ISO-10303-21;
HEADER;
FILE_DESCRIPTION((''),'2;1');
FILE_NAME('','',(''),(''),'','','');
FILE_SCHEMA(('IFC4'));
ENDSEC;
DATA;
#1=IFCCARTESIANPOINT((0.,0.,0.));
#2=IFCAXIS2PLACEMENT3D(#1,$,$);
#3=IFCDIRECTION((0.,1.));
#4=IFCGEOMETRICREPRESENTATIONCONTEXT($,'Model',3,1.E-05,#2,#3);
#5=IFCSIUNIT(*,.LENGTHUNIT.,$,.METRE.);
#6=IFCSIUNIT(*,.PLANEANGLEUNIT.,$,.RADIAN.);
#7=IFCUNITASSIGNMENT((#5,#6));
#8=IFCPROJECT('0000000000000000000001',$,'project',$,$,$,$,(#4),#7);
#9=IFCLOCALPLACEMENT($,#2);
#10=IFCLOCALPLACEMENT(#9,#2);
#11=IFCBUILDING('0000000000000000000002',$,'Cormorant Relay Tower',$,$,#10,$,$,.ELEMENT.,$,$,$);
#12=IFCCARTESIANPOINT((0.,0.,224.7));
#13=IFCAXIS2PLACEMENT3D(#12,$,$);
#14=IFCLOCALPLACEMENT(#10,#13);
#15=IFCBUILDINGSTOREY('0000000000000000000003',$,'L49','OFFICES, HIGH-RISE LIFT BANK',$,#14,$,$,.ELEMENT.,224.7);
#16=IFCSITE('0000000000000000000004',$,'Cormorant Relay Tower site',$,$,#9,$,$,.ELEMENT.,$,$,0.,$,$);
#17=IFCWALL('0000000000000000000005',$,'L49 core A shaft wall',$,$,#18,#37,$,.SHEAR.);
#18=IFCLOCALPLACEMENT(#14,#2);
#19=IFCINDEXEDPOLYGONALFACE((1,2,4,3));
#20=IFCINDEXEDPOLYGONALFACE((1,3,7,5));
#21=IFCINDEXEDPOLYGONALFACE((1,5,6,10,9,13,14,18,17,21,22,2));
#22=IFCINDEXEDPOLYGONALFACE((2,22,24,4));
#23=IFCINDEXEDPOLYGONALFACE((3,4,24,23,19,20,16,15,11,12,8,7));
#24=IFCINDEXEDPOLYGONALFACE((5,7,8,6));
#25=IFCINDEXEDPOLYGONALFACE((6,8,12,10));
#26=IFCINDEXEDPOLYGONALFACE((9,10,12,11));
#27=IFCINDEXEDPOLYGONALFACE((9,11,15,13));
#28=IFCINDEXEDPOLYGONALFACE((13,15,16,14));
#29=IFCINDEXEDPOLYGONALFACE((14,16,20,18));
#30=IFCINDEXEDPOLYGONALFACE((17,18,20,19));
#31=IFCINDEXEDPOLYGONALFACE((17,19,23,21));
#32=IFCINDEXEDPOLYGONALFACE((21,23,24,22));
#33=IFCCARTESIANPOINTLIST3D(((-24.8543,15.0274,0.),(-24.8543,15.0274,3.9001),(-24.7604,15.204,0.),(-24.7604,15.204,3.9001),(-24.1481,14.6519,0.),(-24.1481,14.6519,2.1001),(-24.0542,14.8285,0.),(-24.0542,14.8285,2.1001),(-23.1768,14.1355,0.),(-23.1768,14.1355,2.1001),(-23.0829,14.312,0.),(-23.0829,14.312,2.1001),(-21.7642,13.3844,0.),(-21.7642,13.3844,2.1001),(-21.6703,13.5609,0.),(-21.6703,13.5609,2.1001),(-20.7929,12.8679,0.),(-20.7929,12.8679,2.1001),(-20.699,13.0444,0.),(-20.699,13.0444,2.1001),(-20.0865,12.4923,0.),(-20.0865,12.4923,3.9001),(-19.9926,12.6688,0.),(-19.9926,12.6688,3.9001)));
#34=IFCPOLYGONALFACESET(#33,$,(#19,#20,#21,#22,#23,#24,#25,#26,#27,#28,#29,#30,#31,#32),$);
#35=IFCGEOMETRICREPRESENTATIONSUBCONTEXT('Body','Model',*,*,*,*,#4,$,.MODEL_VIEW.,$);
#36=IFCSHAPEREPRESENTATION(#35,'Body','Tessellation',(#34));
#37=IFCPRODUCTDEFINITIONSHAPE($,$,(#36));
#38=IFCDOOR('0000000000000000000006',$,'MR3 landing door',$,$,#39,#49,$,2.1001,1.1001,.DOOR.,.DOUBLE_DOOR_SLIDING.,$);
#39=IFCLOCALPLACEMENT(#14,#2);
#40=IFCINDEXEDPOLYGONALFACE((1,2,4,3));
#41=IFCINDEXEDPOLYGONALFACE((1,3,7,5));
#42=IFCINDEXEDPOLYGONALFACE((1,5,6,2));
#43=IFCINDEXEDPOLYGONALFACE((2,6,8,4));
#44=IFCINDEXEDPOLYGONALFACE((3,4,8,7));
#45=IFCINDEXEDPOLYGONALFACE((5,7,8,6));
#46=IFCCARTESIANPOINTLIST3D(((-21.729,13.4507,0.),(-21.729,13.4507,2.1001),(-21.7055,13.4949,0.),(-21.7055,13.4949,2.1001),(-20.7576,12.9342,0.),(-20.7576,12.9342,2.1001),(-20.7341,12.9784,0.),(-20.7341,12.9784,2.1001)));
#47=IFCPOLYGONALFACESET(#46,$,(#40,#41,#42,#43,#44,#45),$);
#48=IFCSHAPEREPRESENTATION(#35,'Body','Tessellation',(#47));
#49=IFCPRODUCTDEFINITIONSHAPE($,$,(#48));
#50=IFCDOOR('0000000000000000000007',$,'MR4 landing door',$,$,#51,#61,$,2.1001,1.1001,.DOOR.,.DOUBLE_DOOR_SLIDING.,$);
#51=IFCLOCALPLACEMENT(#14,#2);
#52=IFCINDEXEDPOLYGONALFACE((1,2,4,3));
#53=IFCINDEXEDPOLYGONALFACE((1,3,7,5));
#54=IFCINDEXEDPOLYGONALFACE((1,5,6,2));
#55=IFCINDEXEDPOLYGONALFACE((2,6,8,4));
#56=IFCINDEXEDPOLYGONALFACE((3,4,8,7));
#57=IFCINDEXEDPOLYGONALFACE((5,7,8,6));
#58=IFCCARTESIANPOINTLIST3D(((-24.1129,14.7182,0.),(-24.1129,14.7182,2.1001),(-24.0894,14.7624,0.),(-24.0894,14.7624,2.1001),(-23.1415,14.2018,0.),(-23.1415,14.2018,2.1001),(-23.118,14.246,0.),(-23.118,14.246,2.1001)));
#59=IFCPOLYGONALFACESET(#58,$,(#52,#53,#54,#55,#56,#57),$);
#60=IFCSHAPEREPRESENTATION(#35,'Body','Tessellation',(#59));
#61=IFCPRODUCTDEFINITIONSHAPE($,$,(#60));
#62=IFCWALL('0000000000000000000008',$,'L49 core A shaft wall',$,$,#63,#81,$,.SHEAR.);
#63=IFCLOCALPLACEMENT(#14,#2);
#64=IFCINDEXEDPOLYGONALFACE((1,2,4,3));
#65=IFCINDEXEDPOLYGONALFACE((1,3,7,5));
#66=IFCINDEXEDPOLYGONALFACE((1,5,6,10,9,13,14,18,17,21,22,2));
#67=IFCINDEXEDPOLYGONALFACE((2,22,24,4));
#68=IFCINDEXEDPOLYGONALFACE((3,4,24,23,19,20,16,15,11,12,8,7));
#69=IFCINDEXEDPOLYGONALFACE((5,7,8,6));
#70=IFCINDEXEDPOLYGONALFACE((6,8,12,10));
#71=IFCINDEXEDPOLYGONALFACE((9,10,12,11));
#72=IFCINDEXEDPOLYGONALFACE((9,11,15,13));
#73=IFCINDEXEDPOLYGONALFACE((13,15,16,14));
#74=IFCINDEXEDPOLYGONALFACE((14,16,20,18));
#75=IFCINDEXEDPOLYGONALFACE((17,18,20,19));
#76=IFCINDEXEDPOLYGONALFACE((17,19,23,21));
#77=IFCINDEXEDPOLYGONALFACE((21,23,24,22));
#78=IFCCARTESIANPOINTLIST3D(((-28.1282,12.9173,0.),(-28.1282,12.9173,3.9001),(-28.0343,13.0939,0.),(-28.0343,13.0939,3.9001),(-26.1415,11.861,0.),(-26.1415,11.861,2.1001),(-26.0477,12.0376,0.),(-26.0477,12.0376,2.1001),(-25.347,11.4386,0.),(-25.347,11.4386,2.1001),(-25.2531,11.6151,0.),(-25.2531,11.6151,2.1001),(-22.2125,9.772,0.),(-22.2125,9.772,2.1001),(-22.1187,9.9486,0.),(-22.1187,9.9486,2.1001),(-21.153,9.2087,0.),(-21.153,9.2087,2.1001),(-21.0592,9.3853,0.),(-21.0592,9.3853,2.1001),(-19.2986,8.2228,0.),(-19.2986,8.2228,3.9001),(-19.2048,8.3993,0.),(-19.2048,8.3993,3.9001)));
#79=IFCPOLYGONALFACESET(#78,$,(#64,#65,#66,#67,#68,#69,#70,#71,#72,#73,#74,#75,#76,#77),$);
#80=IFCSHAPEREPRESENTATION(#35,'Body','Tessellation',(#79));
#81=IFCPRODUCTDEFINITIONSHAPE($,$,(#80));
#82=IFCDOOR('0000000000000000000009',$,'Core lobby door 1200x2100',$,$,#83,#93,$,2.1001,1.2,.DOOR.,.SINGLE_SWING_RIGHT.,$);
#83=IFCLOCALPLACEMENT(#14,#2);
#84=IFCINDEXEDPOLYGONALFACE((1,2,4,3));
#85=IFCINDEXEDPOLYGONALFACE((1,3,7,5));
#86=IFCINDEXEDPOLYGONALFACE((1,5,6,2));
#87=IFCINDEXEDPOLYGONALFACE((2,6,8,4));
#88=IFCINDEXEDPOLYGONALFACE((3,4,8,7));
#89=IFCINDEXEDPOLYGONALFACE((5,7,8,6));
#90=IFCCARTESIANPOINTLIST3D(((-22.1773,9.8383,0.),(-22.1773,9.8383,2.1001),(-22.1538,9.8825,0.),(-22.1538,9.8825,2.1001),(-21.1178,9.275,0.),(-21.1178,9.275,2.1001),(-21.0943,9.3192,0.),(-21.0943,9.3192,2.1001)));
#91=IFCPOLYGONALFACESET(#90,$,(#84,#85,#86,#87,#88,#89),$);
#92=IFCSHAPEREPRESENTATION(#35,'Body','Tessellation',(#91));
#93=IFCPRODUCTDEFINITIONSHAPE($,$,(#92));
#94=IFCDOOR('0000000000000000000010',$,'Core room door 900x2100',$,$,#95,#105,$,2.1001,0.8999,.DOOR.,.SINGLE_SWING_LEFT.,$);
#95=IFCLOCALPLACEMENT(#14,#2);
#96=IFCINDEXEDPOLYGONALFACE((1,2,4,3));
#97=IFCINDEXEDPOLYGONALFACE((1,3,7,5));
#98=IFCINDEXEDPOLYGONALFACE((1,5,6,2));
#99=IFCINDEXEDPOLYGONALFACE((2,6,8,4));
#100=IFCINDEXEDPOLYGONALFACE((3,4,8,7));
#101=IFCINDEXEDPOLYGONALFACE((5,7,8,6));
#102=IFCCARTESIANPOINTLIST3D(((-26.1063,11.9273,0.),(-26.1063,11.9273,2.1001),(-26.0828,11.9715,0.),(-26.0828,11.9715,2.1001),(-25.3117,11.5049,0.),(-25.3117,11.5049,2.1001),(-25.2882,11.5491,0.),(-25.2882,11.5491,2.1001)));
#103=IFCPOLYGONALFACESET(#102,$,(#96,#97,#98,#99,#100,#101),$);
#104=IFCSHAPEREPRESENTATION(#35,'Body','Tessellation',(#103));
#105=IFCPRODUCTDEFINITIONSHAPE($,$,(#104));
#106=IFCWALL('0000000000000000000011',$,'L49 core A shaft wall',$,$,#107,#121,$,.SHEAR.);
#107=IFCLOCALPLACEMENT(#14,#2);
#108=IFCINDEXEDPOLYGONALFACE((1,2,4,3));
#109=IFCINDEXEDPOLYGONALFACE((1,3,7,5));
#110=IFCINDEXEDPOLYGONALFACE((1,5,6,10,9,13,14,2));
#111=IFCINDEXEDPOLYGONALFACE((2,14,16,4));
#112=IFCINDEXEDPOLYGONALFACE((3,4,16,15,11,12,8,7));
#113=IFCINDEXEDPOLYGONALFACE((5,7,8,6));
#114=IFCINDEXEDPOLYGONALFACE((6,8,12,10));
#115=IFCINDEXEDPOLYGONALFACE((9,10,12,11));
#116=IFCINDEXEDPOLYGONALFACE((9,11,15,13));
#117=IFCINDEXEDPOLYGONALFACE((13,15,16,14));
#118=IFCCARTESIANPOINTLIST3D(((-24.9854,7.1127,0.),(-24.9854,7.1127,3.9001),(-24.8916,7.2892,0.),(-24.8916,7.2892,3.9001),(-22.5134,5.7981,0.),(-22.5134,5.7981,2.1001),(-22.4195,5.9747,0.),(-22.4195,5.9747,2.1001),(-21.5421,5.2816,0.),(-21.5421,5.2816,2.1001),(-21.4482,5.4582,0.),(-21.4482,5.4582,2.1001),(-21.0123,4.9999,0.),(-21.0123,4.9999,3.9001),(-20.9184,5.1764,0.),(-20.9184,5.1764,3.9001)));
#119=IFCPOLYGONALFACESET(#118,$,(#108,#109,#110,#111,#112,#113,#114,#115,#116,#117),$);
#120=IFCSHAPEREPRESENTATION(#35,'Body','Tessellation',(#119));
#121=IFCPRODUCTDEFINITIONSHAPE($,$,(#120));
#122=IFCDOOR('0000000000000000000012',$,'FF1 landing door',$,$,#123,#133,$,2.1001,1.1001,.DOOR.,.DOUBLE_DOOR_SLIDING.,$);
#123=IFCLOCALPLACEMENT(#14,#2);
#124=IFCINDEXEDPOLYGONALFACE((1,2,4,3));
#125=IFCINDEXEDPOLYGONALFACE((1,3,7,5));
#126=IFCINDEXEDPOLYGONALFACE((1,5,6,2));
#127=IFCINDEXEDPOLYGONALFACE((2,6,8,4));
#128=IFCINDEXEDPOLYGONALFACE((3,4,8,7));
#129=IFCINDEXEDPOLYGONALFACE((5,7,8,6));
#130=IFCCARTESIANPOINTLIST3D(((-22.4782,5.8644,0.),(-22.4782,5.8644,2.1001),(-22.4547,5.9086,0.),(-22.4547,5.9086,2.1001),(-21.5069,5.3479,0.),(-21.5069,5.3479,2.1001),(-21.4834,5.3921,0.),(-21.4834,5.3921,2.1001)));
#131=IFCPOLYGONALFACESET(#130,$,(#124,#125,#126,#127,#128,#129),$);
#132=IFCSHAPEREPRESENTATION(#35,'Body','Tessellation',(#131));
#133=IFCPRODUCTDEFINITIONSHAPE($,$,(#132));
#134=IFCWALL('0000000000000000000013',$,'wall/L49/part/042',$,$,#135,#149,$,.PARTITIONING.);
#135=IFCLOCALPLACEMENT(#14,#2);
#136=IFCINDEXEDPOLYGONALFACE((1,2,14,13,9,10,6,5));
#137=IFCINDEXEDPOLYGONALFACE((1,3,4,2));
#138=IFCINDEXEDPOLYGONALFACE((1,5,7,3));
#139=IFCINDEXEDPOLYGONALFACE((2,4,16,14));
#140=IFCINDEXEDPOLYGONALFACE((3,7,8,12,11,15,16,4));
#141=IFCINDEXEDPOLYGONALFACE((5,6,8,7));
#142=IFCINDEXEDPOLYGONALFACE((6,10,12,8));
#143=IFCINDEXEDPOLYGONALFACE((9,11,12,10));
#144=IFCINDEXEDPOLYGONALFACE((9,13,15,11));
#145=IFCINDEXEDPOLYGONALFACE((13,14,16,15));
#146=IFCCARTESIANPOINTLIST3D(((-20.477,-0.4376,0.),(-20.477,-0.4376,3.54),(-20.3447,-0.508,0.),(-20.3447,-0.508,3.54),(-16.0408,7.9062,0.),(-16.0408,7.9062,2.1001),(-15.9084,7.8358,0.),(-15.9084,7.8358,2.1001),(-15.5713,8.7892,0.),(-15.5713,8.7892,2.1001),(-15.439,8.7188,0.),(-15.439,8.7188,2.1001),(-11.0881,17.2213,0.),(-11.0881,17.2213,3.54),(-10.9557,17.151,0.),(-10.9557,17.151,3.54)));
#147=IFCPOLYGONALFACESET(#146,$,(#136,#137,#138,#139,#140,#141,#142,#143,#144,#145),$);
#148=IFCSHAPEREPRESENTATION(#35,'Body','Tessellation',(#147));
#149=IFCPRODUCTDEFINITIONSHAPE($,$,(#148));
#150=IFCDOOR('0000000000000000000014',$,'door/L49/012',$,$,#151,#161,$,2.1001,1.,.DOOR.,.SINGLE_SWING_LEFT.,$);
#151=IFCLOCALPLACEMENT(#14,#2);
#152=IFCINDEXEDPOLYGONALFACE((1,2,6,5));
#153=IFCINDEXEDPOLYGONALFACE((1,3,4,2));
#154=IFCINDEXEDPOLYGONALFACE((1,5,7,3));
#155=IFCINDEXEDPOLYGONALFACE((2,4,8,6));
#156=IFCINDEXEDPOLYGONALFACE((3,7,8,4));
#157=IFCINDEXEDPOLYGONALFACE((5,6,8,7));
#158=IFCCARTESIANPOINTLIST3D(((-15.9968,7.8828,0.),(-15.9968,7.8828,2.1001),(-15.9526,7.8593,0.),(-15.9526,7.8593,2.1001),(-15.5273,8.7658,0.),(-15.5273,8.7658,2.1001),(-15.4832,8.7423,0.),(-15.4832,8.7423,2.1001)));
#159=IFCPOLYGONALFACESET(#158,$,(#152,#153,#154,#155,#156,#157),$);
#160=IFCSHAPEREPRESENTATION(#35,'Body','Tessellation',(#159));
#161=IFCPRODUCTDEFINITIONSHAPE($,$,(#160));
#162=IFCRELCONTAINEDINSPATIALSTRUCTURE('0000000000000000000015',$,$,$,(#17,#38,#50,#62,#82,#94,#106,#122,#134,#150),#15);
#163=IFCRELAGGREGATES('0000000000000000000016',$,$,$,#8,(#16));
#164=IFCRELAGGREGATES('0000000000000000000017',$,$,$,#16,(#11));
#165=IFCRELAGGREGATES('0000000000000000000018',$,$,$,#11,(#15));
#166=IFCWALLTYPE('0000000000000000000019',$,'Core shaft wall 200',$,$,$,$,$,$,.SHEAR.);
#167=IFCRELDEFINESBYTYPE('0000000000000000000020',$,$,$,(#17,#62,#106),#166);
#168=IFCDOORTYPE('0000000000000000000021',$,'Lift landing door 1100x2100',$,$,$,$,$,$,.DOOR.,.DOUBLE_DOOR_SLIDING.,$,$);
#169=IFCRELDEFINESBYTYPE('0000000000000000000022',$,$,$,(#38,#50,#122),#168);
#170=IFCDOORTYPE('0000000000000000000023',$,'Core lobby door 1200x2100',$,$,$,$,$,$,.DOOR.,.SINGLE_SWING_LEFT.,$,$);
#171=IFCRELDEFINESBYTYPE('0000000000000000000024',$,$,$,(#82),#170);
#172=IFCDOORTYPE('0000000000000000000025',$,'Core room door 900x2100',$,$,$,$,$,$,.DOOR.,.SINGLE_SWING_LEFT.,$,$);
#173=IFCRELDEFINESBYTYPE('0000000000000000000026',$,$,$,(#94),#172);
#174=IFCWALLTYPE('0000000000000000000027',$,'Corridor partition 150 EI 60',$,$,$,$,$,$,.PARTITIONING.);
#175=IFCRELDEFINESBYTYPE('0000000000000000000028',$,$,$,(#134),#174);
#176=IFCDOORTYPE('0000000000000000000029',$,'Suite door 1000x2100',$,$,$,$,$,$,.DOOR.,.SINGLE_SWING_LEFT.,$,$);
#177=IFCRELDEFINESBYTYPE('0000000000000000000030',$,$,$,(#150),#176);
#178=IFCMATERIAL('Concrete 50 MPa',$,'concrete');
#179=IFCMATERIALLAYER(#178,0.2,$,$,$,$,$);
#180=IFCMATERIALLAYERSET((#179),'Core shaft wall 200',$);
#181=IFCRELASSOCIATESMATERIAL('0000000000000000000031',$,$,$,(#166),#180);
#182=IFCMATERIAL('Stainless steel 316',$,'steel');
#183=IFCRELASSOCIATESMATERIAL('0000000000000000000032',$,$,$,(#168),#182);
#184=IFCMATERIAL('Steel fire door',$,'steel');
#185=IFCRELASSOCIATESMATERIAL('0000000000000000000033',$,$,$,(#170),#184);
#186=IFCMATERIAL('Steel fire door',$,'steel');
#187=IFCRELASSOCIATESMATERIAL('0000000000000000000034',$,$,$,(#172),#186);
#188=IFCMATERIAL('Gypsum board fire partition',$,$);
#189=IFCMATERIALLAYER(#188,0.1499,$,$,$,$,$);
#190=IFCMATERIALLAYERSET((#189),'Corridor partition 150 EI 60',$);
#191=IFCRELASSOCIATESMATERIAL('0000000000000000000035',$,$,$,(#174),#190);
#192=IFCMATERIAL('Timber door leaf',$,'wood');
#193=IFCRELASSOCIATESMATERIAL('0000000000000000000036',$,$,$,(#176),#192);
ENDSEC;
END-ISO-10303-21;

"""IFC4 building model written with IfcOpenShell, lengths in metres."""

from ifc_helpers import new_model, si_unit, direction, frame, frame_2d, origin, place, context, subcontext, project, spatial, rectangle, extrude, material, layer, layer_set, type_object, element, fill, save


model = new_model("IFC4")

# Units and contexts
model_context = context("Model", 3, precision=1e-05, world=origin(), true_north=direction((0.0, 1.0)))
body_context = subcontext(model_context, "Body", "Model", "MODEL_VIEW")
ifc_project = project(units=[si_unit("LENGTHUNIT", "METRE"), si_unit("PLANEANGLEUNIT", "RADIAN")], contexts=[model_context])

# Site, building, storey
site_placement = place(None, origin())
site = spatial("IfcSite", under=ifc_project, at=site_placement, Name="Cormorant Relay Tower site", CompositionType="ELEMENT", RefElevation=0.0)
building_placement = place(site_placement, origin())
building = spatial("IfcBuilding", under=site, at=building_placement, Name="Cormorant Relay Tower", CompositionType="ELEMENT")
storey_placement = place(building_placement, frame((0.0, 0.0, 224.7)))
storey = spatial("IfcBuildingStorey", under=building, at=storey_placement, Name="L49", Description="OFFICES, HIGH-RISE LIFT BANK", CompositionType="ELEMENT", Elevation=224.7)

# Shared definitions
ifc_material_1 = material(Name="Concrete 50 MPa", Category="concrete")
ifc_layer_1 = layer(ifc_material_1, 0.2)
ifc_layer_set_1 = layer_set([ifc_layer_1], Name="Core shaft wall 200")
wall_type_1 = type_object("IfcWallType", Name="Core shaft wall 200", PredefinedType="SHEAR", material=ifc_layer_set_1)

# Walls, openings, doors
wall_1_placement = place(storey_placement, frame((-20.0396, 12.5806, 0.0), z_axis=(0.0, 0.0, 1.0), x_axis=(-0.882943, 0.46948, 0.0)))
wall_1 = element("IfcWall", 1, at=wall_1_placement, inside=storey, type_object=wall_type_1, Name="L49 core A shaft wall", PredefinedType="SHEAR", context=body_context, shape_type="SweptSolid", body=[
    extrude(rectangle(XDim=5.3999, YDim=0.2, at=frame_2d((2.7, 0.0))), origin(), (0.0, 0.0, 1.0), 3.9001),
])
opening_1_placement = place(wall_1_placement, frame((0.8, 0.0, 0.0)))
opening_1 = element("IfcOpeningElement", 2, at=opening_1_placement, cuts=wall_1, PredefinedType="OPENING", context=body_context, shape_type="SweptSolid", body=[
    extrude(rectangle(XDim=1.1001, YDim=2.1001, at=frame_2d((0.55, 1.05))), frame((0.0, 0.1099, 0.0), z_axis=(0.0, -1.0, 0.0), x_axis=(1.0, 0.0, 0.0)), (0.0, 0.0, 1.0), 0.22),
])
opening_2_placement = place(wall_1_placement, frame((3.5, 0.0, 0.0)))
opening_2 = element("IfcOpeningElement", 3, at=opening_2_placement, cuts=wall_1, PredefinedType="OPENING", context=body_context, shape_type="SweptSolid", body=[
    extrude(rectangle(XDim=1.1001, YDim=2.1001, at=frame_2d((0.55, 1.05))), frame((0.0, 0.1099, 0.0), z_axis=(0.0, -1.0, 0.0), x_axis=(1.0, 0.0, 0.0)), (0.0, 0.0, 1.0), 0.22),
])
ifc_material_2 = material(Name="Stainless steel 316", Category="steel")
door_type_1 = type_object("IfcDoorType", Name="Lift landing door 1100x2100", OperationType="DOUBLE_DOOR_SLIDING", PredefinedType="DOOR", material=ifc_material_2)
door_1_placement = place(opening_1_placement, origin())
door_1 = element("IfcDoor", 4, at=door_1_placement, inside=storey, type_object=door_type_1, Name="MR3 landing door", OperationType="DOUBLE_DOOR_SLIDING", OverallHeight=2.1001, OverallWidth=1.1001, PredefinedType="DOOR", context=body_context, shape_type="SweptSolid", body=[
    extrude(rectangle(XDim=1.1001, YDim=2.1001, at=frame_2d((0.55, 1.05))), frame((0.0, 0.0249, 0.0), z_axis=(0.0, -1.0, 0.0), x_axis=(1.0, 0.0, 0.0)), (0.0, 0.0, 1.0), 0.05),
])
fill(opening_1, door_1)
door_2_placement = place(opening_2_placement, origin())
door_2 = element("IfcDoor", 5, at=door_2_placement, inside=storey, type_object=door_type_1, Name="MR4 landing door", OperationType="DOUBLE_DOOR_SLIDING", OverallHeight=2.1001, OverallWidth=1.1001, PredefinedType="DOOR", context=body_context, shape_type="SweptSolid", body=[
    extrude(rectangle(XDim=1.1001, YDim=2.1001, at=frame_2d((0.55, 1.05))), frame((0.0, 0.0249, 0.0), z_axis=(0.0, -1.0, 0.0), x_axis=(1.0, 0.0, 0.0)), (0.0, 0.0, 1.0), 0.05),
])
fill(opening_2, door_2)
wall_2_placement = place(storey_placement, frame((-19.2517, 8.311, 0.0), z_axis=(0.0, 0.0, 1.0), x_axis=(-0.882956, 0.469456, 0.0)))
wall_2 = element("IfcWall", 6, at=wall_2_placement, inside=storey, type_object=wall_type_1, Name="L49 core A shaft wall", PredefinedType="SHEAR", context=body_context, shape_type="SweptSolid", body=[
    extrude(rectangle(XDim=10.0, YDim=0.2, at=frame_2d((5.0, 0.0))), origin(), (0.0, 0.0, 1.0), 3.9001),
])
opening_3_placement = place(wall_2_placement, frame((2.1001, 0.0, 0.0)))
opening_3 = element("IfcOpeningElement", 7, at=opening_3_placement, cuts=wall_2, PredefinedType="OPENING", context=body_context, shape_type="SweptSolid", body=[
    extrude(rectangle(XDim=1.2, YDim=2.1001, at=frame_2d((0.6001, 1.05))), frame((0.0, 0.1099, 0.0), z_axis=(0.0, -1.0, 0.0), x_axis=(1.0, 0.0, 0.0)), (0.0, 0.0, 1.0), 0.22),
])
opening_4_placement = place(wall_2_placement, frame((6.8501, 0.0, 0.0)))
opening_4 = element("IfcOpeningElement", 8, at=opening_4_placement, cuts=wall_2, PredefinedType="OPENING", context=body_context, shape_type="SweptSolid", body=[
    extrude(rectangle(XDim=0.8999, YDim=2.1001, at=frame_2d((0.45, 1.05))), frame((0.0, 0.1099, 0.0), z_axis=(0.0, -1.0, 0.0), x_axis=(1.0, 0.0, 0.0)), (0.0, 0.0, 1.0), 0.22),
])
ifc_material_3 = material(Name="Steel fire door", Category="steel")
door_type_2 = type_object("IfcDoorType", Name="Core lobby door 1200x2100", OperationType="SINGLE_SWING_LEFT", PredefinedType="DOOR", material=ifc_material_3)
door_3_placement = place(opening_3_placement, origin())
door_3 = element("IfcDoor", 9, at=door_3_placement, inside=storey, type_object=door_type_2, Name="Core lobby door 1200x2100", OperationType="SINGLE_SWING_RIGHT", OverallHeight=2.1001, OverallWidth=1.2, PredefinedType="DOOR", context=body_context, shape_type="SweptSolid", body=[
    extrude(rectangle(XDim=1.2, YDim=2.1001, at=frame_2d((0.6001, 1.05))), frame((0.0, 0.0249, 0.0), z_axis=(0.0, -1.0, 0.0), x_axis=(1.0, 0.0, 0.0)), (0.0, 0.0, 1.0), 0.05),
])
fill(opening_3, door_3)
ifc_material_4 = material(Name="Steel fire door", Category="steel")
door_type_3 = type_object("IfcDoorType", Name="Core room door 900x2100", OperationType="SINGLE_SWING_LEFT", PredefinedType="DOOR", material=ifc_material_4)
door_4_placement = place(opening_4_placement, origin())
door_4 = element("IfcDoor", 10, at=door_4_placement, inside=storey, type_object=door_type_3, Name="Core room door 900x2100", OperationType="SINGLE_SWING_LEFT", OverallHeight=2.1001, OverallWidth=0.8999, PredefinedType="DOOR", context=body_context, shape_type="SweptSolid", body=[
    extrude(rectangle(XDim=0.8999, YDim=2.1001, at=frame_2d((0.45, 1.05))), frame((0.0, 0.0249, 0.0), z_axis=(0.0, -1.0, 0.0), x_axis=(1.0, 0.0, 0.0)), (0.0, 0.0, 1.0), 0.05),
])
fill(opening_4, door_4)

# Walls, openings, doors
wall_3_placement = place(storey_placement, frame((-20.9653, 5.0881, 0.0), z_axis=(0.0, 0.0, 1.0), x_axis=(-0.882926, 0.469512, 0.0)))
wall_3 = element("IfcWall", 11, at=wall_3_placement, inside=storey, type_object=wall_type_1, Name="L49 core A shaft wall", PredefinedType="SHEAR", context=body_context, shape_type="SweptSolid", body=[
    extrude(rectangle(XDim=4.5, YDim=0.2, at=frame_2d((2.25, 0.0))), origin(), (0.0, 0.0, 1.0), 3.9001),
])
opening_5_placement = place(wall_3_placement, frame((0.6001, 0.0, 0.0)))
opening_5 = element("IfcOpeningElement", 12, at=opening_5_placement, cuts=wall_3, PredefinedType="OPENING", context=body_context, shape_type="SweptSolid", body=[
    extrude(rectangle(XDim=1.1001, YDim=2.1001, at=frame_2d((0.55, 1.05))), frame((0.0, 0.1099, 0.0), z_axis=(0.0, -1.0, 0.0), x_axis=(1.0, 0.0, 0.0)), (0.0, 0.0, 1.0), 0.22),
])
door_5_placement = place(opening_5_placement, origin())
door_5 = element("IfcDoor", 13, at=door_5_placement, inside=storey, type_object=door_type_1, Name="FF1 landing door", OperationType="DOUBLE_DOOR_SLIDING", OverallHeight=2.1001, OverallWidth=1.1001, PredefinedType="DOOR", context=body_context, shape_type="SweptSolid", body=[
    extrude(rectangle(XDim=1.1001, YDim=2.1001, at=frame_2d((0.55, 1.05))), frame((0.0, 0.0249, 0.0), z_axis=(0.0, -1.0, 0.0), x_axis=(1.0, 0.0, 0.0)), (0.0, 0.0, 1.0), 0.05),
])
fill(opening_5, door_5)
ifc_material_5 = material(Name="Gypsum board fire partition")
ifc_layer_2 = layer(ifc_material_5, 0.1499)
ifc_layer_set_2 = layer_set([ifc_layer_2], Name="Corridor partition 150 EI 60")
wall_type_2 = type_object("IfcWallType", Name="Corridor partition 150 EI 60", PredefinedType="PARTITIONING", material=ifc_layer_set_2)
wall_4_placement = place(storey_placement, frame((-20.4109, -0.4729, 0.0), z_axis=(0.0, 0.0, 1.0), x_axis=(0.469452, 0.882958, 0.0)))
wall_4 = element("IfcWall", 14, at=wall_4_placement, inside=storey, type_object=wall_type_2, Name="wall/L49/part/042", PredefinedType="PARTITIONING", context=body_context, shape_type="SweptSolid", body=[
    extrude(rectangle(XDim=19.9998, YDim=0.1499, at=frame_2d((10.0, 0.0))), origin(), (0.0, 0.0, 1.0), 3.54),
])
opening_6_placement = place(wall_4_placement, frame((9.45, 0.0, 0.0)))
opening_6 = element("IfcOpeningElement", 15, at=opening_6_placement, cuts=wall_4, PredefinedType="OPENING", context=body_context, shape_type="SweptSolid", body=[
    extrude(rectangle(XDim=1.0, YDim=2.1001, at=frame_2d((0.5, 1.05))), frame((0.0, 0.085, 0.0), z_axis=(0.0, -1.0, 0.0), x_axis=(1.0, 0.0, 0.0)), (0.0, 0.0, 1.0), 0.1699),
])
ifc_material_6 = material(Name="Timber door leaf", Category="wood")
door_type_4 = type_object("IfcDoorType", Name="Suite door 1000x2100", OperationType="SINGLE_SWING_LEFT", PredefinedType="DOOR", material=ifc_material_6)
door_6_placement = place(opening_6_placement, frame((1.0, 0.0, 0.0), z_axis=(0.0, 0.0, 1.0), x_axis=(-1.0, 0.0, 0.0)))
door_6 = element("IfcDoor", 16, at=door_6_placement, inside=storey, type_object=door_type_4, Name="door/L49/012", OperationType="SINGLE_SWING_LEFT", OverallHeight=2.1001, OverallWidth=1.0, PredefinedType="DOOR", context=body_context, shape_type="SweptSolid", body=[
    extrude(rectangle(XDim=1.0, YDim=2.1001, at=frame_2d((0.5, 1.05))), frame((0.0, 0.0249, 0.0), z_axis=(0.0, -1.0, 0.0), x_axis=(1.0, 0.0, 0.0)), (0.0, 0.0, 1.0), 0.05),
])
fill(opening_6, door_6)

save(model, "model.ifc")
